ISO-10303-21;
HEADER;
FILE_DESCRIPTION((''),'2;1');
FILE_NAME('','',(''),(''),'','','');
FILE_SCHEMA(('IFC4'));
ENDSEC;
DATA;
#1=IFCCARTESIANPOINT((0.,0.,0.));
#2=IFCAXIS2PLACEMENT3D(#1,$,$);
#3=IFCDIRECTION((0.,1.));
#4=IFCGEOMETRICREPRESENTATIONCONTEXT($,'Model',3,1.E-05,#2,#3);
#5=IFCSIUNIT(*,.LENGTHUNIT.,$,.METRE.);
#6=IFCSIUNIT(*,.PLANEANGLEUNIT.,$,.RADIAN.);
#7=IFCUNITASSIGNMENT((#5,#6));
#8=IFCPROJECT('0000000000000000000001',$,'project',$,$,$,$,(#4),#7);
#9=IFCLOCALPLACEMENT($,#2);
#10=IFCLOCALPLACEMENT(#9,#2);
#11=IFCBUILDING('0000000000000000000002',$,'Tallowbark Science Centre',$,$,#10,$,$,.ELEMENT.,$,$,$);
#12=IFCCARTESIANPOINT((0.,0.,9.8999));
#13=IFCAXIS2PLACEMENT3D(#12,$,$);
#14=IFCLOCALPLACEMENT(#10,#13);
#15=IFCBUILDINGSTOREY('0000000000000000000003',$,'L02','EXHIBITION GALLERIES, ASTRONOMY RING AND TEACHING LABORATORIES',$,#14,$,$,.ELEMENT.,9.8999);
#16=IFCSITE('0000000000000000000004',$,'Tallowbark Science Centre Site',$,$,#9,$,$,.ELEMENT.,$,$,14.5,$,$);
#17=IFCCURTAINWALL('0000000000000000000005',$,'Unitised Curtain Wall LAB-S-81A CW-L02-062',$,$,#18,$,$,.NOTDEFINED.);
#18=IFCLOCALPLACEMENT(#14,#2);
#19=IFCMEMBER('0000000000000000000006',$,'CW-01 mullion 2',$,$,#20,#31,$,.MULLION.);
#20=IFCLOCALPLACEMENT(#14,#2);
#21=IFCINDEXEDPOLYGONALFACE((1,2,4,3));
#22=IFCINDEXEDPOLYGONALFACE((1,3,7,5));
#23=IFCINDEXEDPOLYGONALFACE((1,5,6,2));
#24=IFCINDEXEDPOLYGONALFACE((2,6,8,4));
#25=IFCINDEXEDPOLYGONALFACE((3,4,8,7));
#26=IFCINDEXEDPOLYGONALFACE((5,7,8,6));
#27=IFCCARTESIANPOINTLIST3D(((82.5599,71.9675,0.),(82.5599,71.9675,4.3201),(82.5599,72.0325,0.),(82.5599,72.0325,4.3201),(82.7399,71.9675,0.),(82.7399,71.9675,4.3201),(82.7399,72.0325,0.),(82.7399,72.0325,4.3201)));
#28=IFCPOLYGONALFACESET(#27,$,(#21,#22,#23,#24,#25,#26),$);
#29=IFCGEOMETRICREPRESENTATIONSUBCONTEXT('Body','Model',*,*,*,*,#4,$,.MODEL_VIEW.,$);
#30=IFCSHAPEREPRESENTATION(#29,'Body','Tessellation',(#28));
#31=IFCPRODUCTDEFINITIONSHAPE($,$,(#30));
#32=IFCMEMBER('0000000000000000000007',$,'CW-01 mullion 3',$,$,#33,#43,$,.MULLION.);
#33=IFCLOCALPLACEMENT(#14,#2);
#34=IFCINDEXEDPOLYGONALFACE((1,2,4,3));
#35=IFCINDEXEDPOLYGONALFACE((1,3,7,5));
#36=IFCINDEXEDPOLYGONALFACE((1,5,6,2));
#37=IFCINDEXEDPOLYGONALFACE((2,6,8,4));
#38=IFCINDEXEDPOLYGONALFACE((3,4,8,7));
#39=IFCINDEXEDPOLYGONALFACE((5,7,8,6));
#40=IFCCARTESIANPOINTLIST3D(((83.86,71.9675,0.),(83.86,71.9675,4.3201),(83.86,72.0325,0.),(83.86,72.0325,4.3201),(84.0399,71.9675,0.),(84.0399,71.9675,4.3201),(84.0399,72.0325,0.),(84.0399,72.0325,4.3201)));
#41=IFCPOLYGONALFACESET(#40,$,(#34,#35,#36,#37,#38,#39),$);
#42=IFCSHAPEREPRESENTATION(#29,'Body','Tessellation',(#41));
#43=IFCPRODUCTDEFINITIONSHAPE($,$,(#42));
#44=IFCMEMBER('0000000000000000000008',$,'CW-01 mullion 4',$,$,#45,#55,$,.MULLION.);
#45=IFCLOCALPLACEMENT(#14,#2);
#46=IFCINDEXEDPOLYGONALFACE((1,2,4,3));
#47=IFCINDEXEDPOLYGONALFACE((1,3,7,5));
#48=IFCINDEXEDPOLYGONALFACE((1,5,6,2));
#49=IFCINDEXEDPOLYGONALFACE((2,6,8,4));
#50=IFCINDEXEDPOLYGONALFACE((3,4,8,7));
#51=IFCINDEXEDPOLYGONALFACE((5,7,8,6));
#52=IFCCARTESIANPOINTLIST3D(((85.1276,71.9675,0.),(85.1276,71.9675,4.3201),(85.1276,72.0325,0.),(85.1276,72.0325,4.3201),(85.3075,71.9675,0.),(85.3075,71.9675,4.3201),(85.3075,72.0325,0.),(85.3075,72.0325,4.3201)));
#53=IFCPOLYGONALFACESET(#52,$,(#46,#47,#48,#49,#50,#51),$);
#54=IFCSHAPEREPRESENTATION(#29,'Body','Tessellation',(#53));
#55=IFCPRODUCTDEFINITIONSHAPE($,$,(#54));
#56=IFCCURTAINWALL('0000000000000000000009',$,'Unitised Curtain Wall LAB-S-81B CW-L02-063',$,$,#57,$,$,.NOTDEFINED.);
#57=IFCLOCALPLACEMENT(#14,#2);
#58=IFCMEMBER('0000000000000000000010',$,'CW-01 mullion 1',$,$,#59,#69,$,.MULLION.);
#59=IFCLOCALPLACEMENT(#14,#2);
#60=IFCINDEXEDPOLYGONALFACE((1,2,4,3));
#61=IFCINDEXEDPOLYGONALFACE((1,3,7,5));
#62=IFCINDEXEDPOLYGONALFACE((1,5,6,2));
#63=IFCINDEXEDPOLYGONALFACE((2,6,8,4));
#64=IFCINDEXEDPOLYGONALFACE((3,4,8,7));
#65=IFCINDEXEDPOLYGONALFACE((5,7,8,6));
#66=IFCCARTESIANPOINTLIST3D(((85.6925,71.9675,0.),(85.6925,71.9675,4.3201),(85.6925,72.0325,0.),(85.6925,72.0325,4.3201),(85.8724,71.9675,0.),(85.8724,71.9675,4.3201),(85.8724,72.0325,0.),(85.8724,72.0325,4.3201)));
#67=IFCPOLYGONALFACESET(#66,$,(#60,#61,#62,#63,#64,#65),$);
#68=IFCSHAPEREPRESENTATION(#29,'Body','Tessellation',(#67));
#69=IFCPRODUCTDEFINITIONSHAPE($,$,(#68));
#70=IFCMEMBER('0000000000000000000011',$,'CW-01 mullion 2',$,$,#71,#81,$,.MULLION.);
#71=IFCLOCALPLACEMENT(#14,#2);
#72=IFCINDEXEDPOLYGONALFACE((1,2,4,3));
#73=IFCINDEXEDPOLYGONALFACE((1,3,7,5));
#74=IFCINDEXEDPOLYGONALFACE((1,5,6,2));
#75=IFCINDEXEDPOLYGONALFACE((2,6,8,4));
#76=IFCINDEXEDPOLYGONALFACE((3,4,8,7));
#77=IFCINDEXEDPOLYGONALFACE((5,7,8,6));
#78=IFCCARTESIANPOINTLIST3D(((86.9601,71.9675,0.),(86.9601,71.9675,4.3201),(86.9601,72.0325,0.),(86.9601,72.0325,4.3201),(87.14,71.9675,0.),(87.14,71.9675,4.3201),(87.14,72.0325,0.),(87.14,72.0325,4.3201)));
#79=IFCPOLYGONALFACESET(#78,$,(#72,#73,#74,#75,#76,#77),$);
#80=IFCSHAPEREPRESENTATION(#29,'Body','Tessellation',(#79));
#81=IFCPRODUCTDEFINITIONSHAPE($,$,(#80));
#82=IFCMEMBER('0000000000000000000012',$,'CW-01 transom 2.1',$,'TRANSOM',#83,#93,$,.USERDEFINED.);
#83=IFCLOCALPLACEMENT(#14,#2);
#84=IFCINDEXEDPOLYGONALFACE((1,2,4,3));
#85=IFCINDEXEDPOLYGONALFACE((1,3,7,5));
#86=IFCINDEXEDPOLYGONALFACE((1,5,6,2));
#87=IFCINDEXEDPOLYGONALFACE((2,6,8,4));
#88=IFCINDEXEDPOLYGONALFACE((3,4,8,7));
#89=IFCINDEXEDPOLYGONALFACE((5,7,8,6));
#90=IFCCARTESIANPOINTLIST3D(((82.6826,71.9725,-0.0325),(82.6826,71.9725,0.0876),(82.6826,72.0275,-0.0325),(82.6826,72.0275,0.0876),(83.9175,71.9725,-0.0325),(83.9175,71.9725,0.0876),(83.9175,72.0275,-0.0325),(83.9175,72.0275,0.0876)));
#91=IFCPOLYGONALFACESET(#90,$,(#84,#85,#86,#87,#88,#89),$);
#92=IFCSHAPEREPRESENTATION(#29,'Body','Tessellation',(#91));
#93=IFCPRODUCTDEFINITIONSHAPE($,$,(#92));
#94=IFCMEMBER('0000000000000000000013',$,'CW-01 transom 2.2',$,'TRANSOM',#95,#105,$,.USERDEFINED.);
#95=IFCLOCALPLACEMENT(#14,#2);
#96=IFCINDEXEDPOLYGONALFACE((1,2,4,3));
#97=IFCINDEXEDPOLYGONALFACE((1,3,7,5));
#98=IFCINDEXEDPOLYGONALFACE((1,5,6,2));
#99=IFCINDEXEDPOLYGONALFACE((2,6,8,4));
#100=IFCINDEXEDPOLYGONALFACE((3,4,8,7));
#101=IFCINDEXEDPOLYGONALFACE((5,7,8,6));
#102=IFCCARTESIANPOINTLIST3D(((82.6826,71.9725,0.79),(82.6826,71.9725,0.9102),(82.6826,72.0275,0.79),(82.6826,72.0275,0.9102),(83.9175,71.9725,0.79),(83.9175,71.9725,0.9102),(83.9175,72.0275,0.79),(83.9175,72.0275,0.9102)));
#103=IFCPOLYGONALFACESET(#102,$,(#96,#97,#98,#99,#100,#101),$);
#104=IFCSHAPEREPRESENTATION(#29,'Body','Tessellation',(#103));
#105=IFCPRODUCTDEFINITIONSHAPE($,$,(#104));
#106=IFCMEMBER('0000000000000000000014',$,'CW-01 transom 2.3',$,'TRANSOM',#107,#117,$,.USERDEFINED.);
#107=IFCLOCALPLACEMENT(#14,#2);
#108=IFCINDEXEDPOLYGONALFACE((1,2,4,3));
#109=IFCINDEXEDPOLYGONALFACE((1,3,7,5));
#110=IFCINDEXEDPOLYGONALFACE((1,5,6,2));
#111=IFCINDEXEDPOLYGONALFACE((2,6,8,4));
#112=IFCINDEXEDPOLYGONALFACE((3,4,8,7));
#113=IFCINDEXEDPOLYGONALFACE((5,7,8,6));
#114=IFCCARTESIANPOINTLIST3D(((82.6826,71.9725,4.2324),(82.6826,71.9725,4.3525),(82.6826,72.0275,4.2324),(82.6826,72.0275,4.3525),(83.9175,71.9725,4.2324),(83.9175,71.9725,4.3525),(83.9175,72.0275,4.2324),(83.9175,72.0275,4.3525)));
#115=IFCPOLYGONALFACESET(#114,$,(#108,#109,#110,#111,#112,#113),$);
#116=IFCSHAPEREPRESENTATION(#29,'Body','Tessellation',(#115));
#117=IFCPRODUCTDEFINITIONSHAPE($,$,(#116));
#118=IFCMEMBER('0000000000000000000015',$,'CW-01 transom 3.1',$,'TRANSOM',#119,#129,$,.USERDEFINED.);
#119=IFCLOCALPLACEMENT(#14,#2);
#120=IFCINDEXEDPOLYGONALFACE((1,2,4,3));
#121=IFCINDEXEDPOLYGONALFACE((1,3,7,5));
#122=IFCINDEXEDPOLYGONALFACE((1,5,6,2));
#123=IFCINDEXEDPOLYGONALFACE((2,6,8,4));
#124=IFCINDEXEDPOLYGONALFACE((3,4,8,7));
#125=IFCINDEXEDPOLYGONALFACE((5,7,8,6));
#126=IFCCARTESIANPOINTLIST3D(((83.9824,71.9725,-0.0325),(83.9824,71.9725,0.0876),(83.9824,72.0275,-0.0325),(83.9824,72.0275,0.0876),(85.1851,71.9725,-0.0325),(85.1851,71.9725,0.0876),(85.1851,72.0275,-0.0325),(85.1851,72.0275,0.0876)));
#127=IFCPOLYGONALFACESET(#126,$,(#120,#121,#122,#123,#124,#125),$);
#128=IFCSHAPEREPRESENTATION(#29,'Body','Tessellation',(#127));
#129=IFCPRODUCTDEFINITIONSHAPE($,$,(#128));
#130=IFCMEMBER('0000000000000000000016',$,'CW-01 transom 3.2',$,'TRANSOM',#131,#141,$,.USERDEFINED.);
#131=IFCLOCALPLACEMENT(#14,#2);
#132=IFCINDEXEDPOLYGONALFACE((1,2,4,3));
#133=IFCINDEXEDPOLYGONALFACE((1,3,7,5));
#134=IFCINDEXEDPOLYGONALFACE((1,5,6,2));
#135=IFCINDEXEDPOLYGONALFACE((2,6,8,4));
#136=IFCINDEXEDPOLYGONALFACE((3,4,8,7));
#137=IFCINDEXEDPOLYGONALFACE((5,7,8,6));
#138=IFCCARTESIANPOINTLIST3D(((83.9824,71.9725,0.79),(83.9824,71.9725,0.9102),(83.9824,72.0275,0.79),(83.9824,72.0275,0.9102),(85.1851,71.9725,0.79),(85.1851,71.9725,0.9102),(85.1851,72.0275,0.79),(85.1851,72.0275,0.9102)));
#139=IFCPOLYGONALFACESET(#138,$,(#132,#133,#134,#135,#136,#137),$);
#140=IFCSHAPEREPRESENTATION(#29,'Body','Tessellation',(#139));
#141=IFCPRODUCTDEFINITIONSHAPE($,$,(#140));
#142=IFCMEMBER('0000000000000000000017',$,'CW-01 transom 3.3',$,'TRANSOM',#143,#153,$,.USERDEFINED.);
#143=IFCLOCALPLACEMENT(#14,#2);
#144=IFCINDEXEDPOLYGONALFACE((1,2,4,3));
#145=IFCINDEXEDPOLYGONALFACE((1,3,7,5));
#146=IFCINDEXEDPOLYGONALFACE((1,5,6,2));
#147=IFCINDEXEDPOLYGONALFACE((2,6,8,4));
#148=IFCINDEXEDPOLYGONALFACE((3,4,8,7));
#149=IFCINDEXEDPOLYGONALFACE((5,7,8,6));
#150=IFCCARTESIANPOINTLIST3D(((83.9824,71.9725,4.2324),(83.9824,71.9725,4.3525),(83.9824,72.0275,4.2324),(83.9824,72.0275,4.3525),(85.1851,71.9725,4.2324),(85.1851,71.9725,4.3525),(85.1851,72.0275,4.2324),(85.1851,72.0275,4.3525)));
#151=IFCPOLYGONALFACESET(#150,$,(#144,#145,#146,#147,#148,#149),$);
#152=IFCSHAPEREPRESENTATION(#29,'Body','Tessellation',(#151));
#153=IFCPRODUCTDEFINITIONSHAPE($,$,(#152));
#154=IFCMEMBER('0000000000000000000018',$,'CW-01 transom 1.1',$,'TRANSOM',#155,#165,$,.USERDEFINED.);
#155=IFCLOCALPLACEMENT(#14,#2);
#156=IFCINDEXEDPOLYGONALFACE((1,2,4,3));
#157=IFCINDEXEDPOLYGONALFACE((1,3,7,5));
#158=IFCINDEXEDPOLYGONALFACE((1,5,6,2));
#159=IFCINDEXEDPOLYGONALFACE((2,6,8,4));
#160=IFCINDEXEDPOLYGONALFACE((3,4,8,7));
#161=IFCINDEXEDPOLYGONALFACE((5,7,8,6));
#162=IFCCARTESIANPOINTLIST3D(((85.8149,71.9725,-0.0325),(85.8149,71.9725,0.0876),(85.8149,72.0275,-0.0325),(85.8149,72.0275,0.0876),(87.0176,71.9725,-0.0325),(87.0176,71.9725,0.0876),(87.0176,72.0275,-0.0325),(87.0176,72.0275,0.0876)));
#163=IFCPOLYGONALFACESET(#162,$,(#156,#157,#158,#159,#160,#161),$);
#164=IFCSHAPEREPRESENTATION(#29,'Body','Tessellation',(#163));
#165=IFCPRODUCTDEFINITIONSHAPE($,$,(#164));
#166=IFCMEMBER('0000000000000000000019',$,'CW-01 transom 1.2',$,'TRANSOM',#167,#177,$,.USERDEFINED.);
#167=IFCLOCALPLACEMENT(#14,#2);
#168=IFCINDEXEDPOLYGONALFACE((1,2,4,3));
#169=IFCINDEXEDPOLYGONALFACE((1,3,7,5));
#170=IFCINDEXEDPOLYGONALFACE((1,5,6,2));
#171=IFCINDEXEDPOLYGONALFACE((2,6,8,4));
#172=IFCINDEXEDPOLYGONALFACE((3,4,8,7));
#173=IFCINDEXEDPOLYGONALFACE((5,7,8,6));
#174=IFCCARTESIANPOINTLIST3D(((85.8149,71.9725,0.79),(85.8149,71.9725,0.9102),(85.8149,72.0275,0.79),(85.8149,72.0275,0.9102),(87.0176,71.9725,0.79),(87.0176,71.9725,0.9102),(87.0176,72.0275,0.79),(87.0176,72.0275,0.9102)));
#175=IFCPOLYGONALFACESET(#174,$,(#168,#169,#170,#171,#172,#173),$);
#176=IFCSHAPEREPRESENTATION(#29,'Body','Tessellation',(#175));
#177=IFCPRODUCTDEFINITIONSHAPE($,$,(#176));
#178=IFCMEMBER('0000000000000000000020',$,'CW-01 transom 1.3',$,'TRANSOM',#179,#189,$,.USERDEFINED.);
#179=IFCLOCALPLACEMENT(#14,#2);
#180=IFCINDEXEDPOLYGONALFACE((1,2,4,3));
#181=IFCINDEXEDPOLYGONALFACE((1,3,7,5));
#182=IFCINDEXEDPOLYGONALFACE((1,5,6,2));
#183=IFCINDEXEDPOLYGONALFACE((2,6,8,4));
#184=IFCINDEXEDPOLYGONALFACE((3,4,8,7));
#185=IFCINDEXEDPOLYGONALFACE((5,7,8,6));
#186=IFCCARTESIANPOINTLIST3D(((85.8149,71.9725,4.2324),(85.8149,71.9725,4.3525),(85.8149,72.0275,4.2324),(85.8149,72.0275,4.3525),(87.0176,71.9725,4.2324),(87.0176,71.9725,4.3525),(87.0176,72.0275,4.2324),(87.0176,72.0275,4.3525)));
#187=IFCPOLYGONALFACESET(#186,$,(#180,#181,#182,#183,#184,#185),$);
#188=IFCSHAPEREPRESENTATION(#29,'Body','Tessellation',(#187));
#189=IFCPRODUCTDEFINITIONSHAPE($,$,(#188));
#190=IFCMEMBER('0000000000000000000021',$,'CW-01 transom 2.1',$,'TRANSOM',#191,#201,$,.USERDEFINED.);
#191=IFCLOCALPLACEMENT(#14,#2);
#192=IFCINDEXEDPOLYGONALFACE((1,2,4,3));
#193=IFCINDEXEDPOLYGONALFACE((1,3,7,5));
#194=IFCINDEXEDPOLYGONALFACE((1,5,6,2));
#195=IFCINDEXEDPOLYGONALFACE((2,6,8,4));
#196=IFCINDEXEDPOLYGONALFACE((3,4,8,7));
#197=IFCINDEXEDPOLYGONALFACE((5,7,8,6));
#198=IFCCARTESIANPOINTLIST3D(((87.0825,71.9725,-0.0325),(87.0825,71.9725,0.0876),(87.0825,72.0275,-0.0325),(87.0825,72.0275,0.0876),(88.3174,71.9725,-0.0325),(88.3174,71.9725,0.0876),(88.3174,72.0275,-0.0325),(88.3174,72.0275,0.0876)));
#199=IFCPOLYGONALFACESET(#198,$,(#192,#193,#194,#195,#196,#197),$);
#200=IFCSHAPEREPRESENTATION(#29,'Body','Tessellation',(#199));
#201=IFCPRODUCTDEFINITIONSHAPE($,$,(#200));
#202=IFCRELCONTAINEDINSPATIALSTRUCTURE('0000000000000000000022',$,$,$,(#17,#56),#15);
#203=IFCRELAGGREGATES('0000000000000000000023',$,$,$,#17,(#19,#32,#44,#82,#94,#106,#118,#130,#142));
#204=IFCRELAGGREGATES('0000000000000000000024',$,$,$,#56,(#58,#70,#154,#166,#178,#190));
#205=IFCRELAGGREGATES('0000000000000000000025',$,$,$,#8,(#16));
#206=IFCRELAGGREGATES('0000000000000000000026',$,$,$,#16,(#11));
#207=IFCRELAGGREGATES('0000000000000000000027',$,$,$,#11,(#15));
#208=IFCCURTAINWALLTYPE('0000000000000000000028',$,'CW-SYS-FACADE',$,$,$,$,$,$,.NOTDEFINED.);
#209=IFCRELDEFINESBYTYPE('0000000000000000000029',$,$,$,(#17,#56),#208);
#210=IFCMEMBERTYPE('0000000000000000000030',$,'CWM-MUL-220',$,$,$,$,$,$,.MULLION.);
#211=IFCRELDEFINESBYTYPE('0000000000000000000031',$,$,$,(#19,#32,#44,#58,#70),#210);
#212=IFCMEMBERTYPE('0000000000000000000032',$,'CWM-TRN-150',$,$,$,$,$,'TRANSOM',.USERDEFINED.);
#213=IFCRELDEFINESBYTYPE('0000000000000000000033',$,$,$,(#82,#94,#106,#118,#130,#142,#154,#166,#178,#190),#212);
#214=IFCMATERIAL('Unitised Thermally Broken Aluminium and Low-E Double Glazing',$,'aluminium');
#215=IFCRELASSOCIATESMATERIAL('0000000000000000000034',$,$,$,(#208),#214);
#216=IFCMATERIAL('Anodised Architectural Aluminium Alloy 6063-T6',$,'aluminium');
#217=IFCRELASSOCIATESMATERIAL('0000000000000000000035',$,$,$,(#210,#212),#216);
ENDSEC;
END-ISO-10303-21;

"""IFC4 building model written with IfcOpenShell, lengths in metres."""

from ifc_helpers import new_model, si_unit, direction, frame, origin, origin_2d, place, context, subcontext, project, spatial, rectangle, extrude, material, material_profile, profile_set, type_object, element, aggregate, save


model = new_model("IFC4")

# Units and contexts
model_context = context("Model", 3, precision=1e-05, world=origin(), true_north=direction((0.0, 1.0)))
body_context = subcontext(model_context, "Body", "Model", "MODEL_VIEW")
ifc_project = project(units=[si_unit("LENGTHUNIT", "METRE"), si_unit("PLANEANGLEUNIT", "RADIAN")], contexts=[model_context])

# Site, building, storey
site_placement = place(None, origin())
site = spatial("IfcSite", under=ifc_project, at=site_placement, Name="Tallowbark Science Centre Site", CompositionType="ELEMENT", RefElevation=14.5)
building_placement = place(site_placement, origin())
building = spatial("IfcBuilding", under=site, at=building_placement, Name="Tallowbark Science Centre", CompositionType="ELEMENT")
storey_placement = place(building_placement, frame((0.0, 0.0, 9.8999)))
storey = spatial("IfcBuildingStorey", under=building, at=storey_placement, Name="L02", Description="EXHIBITION GALLERIES, ASTRONOMY RING AND TEACHING LABORATORIES", CompositionType="ELEMENT", Elevation=9.8999)

# Curtain walls, members
ifc_material_1 = material(Name="Unitised Thermally Broken Aluminium and Low-E Double Glazing", Category="aluminium")
curtain_wall_type = type_object("IfcCurtainWallType", Name="CW-SYS-FACADE", PredefinedType="NOTDEFINED", material=ifc_material_1)
curtain_wall_1_placement = place(storey_placement, origin())
curtain_wall_1 = element("IfcCurtainWall", 1, at=curtain_wall_1_placement, inside=storey, type_object=curtain_wall_type, Name="Unitised Curtain Wall LAB-S-81A CW-L02-062", PredefinedType="NOTDEFINED")
ifc_material_2 = material(Name="Anodised Architectural Aluminium Alloy 6063-T6", Category="aluminium")
ifc_material_profile_1 = material_profile(ifc_material_2, rectangle(XDim=0.0649, YDim=0.1799, at=origin_2d()), Name="ALU65x180")
ifc_profile_set_1 = profile_set([ifc_material_profile_1], Name="Anodised Architectural Aluminium Alloy 6063-T6")
member_type_1 = type_object("IfcMemberType", Name="CWM-MUL-220", PredefinedType="MULLION", material=ifc_profile_set_1)
member_1_placement = place(storey_placement, frame((82.6499, 72.0, 0.0), z_axis=(0.0, 0.0, 1.0), x_axis=(0.0, 1.0, 0.0)))
member_1 = element("IfcMember", 2, at=member_1_placement, type_object=member_type_1, Name="CW-01 mullion 2", PredefinedType="MULLION", context=body_context, shape_type="SweptSolid", body=[
    extrude(rectangle(XDim=0.0649, YDim=0.1799, at=origin_2d()), origin(), (0.0, 0.0, 1.0), 4.3201),
])
member_2_placement = place(storey_placement, frame((83.95, 72.0, 0.0), z_axis=(0.0, 0.0, 1.0), x_axis=(0.0, 1.0, 0.0)))
member_2 = element("IfcMember", 3, at=member_2_placement, type_object=member_type_1, Name="CW-01 mullion 3", PredefinedType="MULLION", context=body_context, shape_type="SweptSolid", body=[
    extrude(rectangle(XDim=0.0649, YDim=0.1799, at=origin_2d()), origin(), (0.0, 0.0, 1.0), 4.3201),
])
member_3_placement = place(storey_placement, frame((85.2175, 72.0, 0.0), z_axis=(0.0, 0.0, 1.0), x_axis=(0.0, 1.0, 0.0)))
member_3 = element("IfcMember", 4, at=member_3_placement, type_object=member_type_1, Name="CW-01 mullion 4", PredefinedType="MULLION", context=body_context, shape_type="SweptSolid", body=[
    extrude(rectangle(XDim=0.0649, YDim=0.1799, at=origin_2d()), origin(), (0.0, 0.0, 1.0), 4.3201),
])
curtain_wall_2_placement = place(storey_placement, origin())
curtain_wall_2 = element("IfcCurtainWall", 5, at=curtain_wall_2_placement, inside=storey, type_object=curtain_wall_type, Name="Unitised Curtain Wall LAB-S-81B CW-L02-063", PredefinedType="NOTDEFINED")
member_4_placement = place(storey_placement, frame((85.7825, 72.0, 0.0), z_axis=(0.0, 0.0, 1.0), x_axis=(0.0, 1.0, 0.0)))
member_4 = element("IfcMember", 6, at=member_4_placement, type_object=member_type_1, Name="CW-01 mullion 1", PredefinedType="MULLION", context=body_context, shape_type="SweptSolid", body=[
    extrude(rectangle(XDim=0.0649, YDim=0.1799, at=origin_2d()), origin(), (0.0, 0.0, 1.0), 4.3201),
])
member_5_placement = place(storey_placement, frame((87.05, 72.0, 0.0), z_axis=(0.0, 0.0, 1.0), x_axis=(0.0, 1.0, 0.0)))
member_5 = element("IfcMember", 7, at=member_5_placement, type_object=member_type_1, Name="CW-01 mullion 2", PredefinedType="MULLION", context=body_context, shape_type="SweptSolid", body=[
    extrude(rectangle(XDim=0.0649, YDim=0.1799, at=origin_2d()), origin(), (0.0, 0.0, 1.0), 4.3201),
])

# Members
ifc_material_profile_2 = material_profile(ifc_material_2, rectangle(XDim=0.0549, YDim=0.1201, at=origin_2d()), Name="ALU55x120")
ifc_profile_set_2 = profile_set([ifc_material_profile_2], Name="Anodised Architectural Aluminium Alloy 6063-T6")
member_type_2 = type_object("IfcMemberType", Name="CWM-TRN-150", ElementType="TRANSOM", PredefinedType="USERDEFINED", material=ifc_profile_set_2)
member_6_placement = place(storey_placement, frame((82.6826, 72.0, 0.0276), z_axis=(1.0, 0.0, 0.0), x_axis=(0.0, 1.0, 0.0)))
member_6 = element("IfcMember", 8, at=member_6_placement, type_object=member_type_2, Name="CW-01 transom 2.1", ObjectType="TRANSOM", PredefinedType="USERDEFINED", context=body_context, shape_type="SweptSolid", body=[
    extrude(rectangle(XDim=0.0549, YDim=0.1201, at=origin_2d()), origin(), (0.0, 0.0, 1.0), 1.2349),
])
member_7_placement = place(storey_placement, frame((82.6826, 72.0, 0.8501), z_axis=(1.0, 0.0, 0.0), x_axis=(0.0, 1.0, 0.0)))
member_7 = element("IfcMember", 9, at=member_7_placement, type_object=member_type_2, Name="CW-01 transom 2.2", ObjectType="TRANSOM", PredefinedType="USERDEFINED", context=body_context, shape_type="SweptSolid", body=[
    extrude(rectangle(XDim=0.0549, YDim=0.1201, at=origin_2d()), origin(), (0.0, 0.0, 1.0), 1.2349),
])
member_8_placement = place(storey_placement, frame((82.6826, 72.0, 4.2925), z_axis=(1.0, 0.0, 0.0), x_axis=(0.0, 1.0, 0.0)))
member_8 = element("IfcMember", 10, at=member_8_placement, type_object=member_type_2, Name="CW-01 transom 2.3", ObjectType="TRANSOM", PredefinedType="USERDEFINED", context=body_context, shape_type="SweptSolid", body=[
    extrude(rectangle(XDim=0.0549, YDim=0.1201, at=origin_2d()), origin(), (0.0, 0.0, 1.0), 1.2349),
])
member_9_placement = place(storey_placement, frame((83.9824, 72.0, 0.0276), z_axis=(1.0, 0.0, 0.0), x_axis=(0.0, 1.0, 0.0)))
member_9 = element("IfcMember", 11, at=member_9_placement, type_object=member_type_2, Name="CW-01 transom 3.1", ObjectType="TRANSOM", PredefinedType="USERDEFINED", context=body_context, shape_type="SweptSolid", body=[
    extrude(rectangle(XDim=0.0549, YDim=0.1201, at=origin_2d()), origin(), (0.0, 0.0, 1.0), 1.2026),
])
member_10_placement = place(storey_placement, frame((83.9824, 72.0, 0.8501), z_axis=(1.0, 0.0, 0.0), x_axis=(0.0, 1.0, 0.0)))
member_10 = element("IfcMember", 12, at=member_10_placement, type_object=member_type_2, Name="CW-01 transom 3.2", ObjectType="TRANSOM", PredefinedType="USERDEFINED", context=body_context, shape_type="SweptSolid", body=[
    extrude(rectangle(XDim=0.0549, YDim=0.1201, at=origin_2d()), origin(), (0.0, 0.0, 1.0), 1.2026),
])
member_11_placement = place(storey_placement, frame((83.9824, 72.0, 4.2925), z_axis=(1.0, 0.0, 0.0), x_axis=(0.0, 1.0, 0.0)))
member_11 = element("IfcMember", 13, at=member_11_placement, type_object=member_type_2, Name="CW-01 transom 3.3", ObjectType="TRANSOM", PredefinedType="USERDEFINED", context=body_context, shape_type="SweptSolid", body=[
    extrude(rectangle(XDim=0.0549, YDim=0.1201, at=origin_2d()), origin(), (0.0, 0.0, 1.0), 1.2026),
])
member_12_placement = place(storey_placement, frame((85.8149, 72.0, 0.0276), z_axis=(1.0, 0.0, 0.0), x_axis=(0.0, 1.0, 0.0)))
member_12 = element("IfcMember", 14, at=member_12_placement, type_object=member_type_2, Name="CW-01 transom 1.1", ObjectType="TRANSOM", PredefinedType="USERDEFINED", context=body_context, shape_type="SweptSolid", body=[
    extrude(rectangle(XDim=0.0549, YDim=0.1201, at=origin_2d()), origin(), (0.0, 0.0, 1.0), 1.2026),
])
member_13_placement = place(storey_placement, frame((85.8149, 72.0, 0.8501), z_axis=(1.0, 0.0, 0.0), x_axis=(0.0, 1.0, 0.0)))
member_13 = element("IfcMember", 15, at=member_13_placement, type_object=member_type_2, Name="CW-01 transom 1.2", ObjectType="TRANSOM", PredefinedType="USERDEFINED", context=body_context, shape_type="SweptSolid", body=[
    extrude(rectangle(XDim=0.0549, YDim=0.1201, at=origin_2d()), origin(), (0.0, 0.0, 1.0), 1.2026),
])
member_14_placement = place(storey_placement, frame((85.8149, 72.0, 4.2925), z_axis=(1.0, 0.0, 0.0), x_axis=(0.0, 1.0, 0.0)))
member_14 = element("IfcMember", 16, at=member_14_placement, type_object=member_type_2, Name="CW-01 transom 1.3", ObjectType="TRANSOM", PredefinedType="USERDEFINED", context=body_context, shape_type="SweptSolid", body=[
    extrude(rectangle(XDim=0.0549, YDim=0.1201, at=origin_2d()), origin(), (0.0, 0.0, 1.0), 1.2026),
])
member_15_placement = place(storey_placement, frame((87.0825, 72.0, 0.0276), z_axis=(1.0, 0.0, 0.0), x_axis=(0.0, 1.0, 0.0)))
member_15 = element("IfcMember", 17, at=member_15_placement, type_object=member_type_2, Name="CW-01 transom 2.1", ObjectType="TRANSOM", PredefinedType="USERDEFINED", context=body_context, shape_type="SweptSolid", body=[
    extrude(rectangle(XDim=0.0549, YDim=0.1201, at=origin_2d()), origin(), (0.0, 0.0, 1.0), 1.2349),
])

aggregate(curtain_wall_1, [member_1, member_2, member_3, member_6, member_7, member_8, member_9, member_10, member_11])
aggregate(curtain_wall_2, [member_4, member_5, member_12, member_13, member_14, member_15])

save(model, "model.ifc")
